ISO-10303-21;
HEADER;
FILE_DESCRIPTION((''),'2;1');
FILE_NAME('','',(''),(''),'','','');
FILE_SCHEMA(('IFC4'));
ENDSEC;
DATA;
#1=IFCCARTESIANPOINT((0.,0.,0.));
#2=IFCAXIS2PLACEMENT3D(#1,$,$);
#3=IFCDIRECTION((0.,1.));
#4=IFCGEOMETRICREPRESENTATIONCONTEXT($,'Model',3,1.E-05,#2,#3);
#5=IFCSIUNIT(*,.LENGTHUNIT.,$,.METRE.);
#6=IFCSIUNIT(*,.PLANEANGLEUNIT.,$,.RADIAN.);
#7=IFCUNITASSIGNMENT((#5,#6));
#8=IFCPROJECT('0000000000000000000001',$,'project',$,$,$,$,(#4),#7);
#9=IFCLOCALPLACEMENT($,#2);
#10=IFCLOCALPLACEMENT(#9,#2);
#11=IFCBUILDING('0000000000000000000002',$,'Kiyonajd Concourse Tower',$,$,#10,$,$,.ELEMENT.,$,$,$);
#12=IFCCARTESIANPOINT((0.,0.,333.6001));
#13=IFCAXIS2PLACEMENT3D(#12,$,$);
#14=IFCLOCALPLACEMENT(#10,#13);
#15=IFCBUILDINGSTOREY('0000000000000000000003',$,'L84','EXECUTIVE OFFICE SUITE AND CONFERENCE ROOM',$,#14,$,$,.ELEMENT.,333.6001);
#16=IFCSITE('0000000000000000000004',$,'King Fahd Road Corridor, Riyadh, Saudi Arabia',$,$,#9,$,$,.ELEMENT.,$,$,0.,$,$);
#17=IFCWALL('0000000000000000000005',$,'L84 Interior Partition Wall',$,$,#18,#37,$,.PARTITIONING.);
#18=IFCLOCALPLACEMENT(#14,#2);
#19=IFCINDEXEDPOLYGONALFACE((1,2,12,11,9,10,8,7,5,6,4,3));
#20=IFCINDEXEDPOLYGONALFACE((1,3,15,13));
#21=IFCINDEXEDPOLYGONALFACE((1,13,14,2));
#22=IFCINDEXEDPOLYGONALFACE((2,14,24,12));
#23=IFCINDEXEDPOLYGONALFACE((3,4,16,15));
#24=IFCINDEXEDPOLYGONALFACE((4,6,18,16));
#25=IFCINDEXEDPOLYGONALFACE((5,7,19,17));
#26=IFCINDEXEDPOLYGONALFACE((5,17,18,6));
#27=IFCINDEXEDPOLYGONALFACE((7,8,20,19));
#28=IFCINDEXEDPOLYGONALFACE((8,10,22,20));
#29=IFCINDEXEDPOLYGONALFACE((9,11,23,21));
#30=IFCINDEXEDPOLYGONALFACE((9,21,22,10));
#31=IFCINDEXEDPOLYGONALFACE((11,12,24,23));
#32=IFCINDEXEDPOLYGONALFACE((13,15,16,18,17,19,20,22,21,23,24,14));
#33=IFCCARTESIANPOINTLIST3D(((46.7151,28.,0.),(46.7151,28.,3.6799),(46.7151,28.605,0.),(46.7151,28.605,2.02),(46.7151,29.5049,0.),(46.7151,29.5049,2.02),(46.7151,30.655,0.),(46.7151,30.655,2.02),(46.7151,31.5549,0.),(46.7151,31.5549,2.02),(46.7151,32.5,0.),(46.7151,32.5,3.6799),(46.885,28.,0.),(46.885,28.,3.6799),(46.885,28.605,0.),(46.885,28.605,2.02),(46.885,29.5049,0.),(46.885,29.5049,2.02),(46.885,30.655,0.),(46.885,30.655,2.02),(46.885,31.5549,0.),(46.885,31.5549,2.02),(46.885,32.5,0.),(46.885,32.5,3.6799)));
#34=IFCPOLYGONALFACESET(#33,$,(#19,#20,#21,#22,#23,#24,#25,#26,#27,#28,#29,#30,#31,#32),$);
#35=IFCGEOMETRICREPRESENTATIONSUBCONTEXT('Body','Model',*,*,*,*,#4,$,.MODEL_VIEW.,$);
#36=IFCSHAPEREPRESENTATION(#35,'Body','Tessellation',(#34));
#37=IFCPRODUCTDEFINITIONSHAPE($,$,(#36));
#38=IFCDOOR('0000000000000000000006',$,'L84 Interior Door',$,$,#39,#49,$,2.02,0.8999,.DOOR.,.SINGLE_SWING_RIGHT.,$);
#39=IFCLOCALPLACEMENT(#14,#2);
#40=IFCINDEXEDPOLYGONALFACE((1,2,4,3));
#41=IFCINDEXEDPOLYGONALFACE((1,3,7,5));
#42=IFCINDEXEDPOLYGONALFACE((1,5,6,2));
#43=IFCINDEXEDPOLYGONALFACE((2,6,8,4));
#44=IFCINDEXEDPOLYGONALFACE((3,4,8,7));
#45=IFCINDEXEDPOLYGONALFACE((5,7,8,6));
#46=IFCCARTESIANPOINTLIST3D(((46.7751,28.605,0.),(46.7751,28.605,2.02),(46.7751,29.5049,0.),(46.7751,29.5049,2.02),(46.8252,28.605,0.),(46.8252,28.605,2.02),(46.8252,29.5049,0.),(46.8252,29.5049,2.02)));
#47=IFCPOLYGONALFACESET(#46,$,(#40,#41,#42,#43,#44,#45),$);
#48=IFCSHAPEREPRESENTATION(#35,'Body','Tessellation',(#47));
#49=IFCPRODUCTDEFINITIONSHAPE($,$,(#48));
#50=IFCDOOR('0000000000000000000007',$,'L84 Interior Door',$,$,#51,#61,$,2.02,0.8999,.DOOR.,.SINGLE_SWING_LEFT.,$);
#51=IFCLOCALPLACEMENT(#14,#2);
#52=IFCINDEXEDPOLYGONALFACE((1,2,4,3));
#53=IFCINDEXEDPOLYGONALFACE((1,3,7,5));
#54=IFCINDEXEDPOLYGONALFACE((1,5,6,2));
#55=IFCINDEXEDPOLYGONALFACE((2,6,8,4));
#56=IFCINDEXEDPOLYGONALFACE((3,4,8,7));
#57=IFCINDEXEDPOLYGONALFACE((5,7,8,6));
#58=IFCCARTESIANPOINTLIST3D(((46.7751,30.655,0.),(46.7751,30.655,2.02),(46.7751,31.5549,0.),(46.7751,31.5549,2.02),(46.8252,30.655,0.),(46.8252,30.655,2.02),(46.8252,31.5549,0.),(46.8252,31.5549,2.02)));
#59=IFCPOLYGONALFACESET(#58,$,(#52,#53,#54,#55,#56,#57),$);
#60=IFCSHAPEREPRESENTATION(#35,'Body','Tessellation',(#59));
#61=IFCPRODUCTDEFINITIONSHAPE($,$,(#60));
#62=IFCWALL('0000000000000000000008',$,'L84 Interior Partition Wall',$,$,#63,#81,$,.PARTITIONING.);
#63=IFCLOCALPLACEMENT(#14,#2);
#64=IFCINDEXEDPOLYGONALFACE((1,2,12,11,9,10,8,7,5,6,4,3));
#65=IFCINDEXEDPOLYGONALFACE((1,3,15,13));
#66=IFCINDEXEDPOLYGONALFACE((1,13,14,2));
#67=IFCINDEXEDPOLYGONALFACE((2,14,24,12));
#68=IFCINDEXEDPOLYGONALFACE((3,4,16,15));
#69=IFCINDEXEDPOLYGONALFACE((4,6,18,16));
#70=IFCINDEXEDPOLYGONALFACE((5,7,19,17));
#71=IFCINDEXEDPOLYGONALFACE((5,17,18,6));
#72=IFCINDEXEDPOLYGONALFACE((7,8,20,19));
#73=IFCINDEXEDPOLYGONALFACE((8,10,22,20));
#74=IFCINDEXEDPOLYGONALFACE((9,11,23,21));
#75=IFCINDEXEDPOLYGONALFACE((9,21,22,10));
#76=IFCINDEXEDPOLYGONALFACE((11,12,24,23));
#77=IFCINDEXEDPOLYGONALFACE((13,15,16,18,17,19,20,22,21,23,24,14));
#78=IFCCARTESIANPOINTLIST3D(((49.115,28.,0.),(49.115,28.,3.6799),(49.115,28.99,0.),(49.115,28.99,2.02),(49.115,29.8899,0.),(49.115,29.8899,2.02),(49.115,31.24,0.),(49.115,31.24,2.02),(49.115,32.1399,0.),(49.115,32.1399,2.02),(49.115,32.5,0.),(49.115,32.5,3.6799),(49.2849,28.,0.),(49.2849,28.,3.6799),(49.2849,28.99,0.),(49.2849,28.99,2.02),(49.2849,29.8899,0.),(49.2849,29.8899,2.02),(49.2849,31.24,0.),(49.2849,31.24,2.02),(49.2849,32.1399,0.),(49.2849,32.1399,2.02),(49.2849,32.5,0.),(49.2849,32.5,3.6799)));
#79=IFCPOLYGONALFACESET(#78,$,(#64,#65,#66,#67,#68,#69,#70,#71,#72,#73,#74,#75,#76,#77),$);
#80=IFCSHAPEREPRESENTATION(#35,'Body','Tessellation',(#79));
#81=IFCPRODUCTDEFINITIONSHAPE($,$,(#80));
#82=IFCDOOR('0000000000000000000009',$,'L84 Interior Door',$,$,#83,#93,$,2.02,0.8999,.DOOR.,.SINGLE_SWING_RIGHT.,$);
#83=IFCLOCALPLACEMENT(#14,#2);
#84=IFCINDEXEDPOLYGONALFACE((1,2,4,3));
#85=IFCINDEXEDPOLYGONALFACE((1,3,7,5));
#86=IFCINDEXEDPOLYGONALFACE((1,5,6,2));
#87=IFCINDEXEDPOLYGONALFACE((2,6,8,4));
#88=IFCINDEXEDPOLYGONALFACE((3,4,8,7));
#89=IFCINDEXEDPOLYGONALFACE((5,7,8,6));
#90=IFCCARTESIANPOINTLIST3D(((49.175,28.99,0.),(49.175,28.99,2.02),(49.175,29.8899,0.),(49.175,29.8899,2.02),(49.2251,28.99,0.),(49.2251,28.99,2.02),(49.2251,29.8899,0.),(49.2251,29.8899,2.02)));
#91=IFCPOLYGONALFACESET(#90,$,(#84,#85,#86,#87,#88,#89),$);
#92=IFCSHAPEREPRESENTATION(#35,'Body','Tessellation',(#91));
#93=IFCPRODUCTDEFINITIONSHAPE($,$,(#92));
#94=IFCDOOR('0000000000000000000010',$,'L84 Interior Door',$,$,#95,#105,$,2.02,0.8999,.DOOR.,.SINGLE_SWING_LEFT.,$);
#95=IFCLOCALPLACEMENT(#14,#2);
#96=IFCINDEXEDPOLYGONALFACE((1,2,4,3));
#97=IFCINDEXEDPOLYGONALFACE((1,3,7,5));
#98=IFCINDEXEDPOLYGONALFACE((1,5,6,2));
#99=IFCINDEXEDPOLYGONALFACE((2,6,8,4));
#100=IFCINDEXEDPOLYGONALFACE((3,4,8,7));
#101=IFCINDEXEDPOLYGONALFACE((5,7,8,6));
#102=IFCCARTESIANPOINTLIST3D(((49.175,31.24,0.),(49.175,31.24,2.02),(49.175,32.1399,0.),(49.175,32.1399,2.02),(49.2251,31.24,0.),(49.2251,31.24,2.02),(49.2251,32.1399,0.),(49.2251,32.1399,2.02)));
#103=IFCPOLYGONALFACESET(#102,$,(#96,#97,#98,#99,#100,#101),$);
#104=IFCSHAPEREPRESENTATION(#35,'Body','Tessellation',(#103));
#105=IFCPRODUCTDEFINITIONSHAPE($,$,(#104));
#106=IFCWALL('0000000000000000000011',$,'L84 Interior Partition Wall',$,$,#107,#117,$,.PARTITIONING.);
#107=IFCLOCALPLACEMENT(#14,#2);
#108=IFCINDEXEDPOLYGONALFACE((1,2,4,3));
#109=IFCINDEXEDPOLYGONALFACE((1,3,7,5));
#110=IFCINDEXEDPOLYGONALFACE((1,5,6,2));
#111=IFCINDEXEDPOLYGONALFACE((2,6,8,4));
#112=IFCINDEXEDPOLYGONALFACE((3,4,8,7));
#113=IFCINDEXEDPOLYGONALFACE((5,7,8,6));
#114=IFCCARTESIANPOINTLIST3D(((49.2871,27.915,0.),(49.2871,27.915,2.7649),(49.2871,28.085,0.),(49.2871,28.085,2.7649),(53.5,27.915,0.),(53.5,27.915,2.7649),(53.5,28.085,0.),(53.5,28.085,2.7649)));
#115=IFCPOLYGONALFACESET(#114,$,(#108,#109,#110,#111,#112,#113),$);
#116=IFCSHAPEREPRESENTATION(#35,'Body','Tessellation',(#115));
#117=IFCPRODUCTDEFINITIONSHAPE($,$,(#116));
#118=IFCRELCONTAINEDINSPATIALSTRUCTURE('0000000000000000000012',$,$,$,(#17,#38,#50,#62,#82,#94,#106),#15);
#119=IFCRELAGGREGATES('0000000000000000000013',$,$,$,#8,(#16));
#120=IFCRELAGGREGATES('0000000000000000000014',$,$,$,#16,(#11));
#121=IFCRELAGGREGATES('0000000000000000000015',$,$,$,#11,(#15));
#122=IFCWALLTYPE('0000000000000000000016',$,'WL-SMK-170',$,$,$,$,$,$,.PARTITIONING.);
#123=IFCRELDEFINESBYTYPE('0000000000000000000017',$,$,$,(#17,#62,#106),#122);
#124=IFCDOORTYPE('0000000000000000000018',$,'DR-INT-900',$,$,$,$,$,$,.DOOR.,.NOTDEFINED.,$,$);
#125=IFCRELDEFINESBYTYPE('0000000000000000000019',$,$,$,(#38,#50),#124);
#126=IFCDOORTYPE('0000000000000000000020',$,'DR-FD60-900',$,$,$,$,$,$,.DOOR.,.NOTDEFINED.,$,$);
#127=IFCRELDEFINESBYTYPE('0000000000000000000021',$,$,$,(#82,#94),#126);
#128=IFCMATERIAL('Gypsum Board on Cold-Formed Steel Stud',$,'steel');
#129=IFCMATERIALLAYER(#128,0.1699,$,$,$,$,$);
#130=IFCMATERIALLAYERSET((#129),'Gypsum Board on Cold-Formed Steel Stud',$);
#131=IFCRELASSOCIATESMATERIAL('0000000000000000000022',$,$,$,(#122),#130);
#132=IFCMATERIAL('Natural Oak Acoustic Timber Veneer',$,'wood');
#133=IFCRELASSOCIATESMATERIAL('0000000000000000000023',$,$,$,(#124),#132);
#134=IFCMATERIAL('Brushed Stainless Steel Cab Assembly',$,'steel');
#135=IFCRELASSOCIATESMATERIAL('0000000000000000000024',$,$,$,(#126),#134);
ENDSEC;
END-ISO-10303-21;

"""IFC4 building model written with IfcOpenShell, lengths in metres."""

from ifc_helpers import new_model, si_unit, direction, frame, frame_2d, origin, place, context, subcontext, project, spatial, rectangle, extrude, material, layer, layer_set, type_object, element, fill, save


model = new_model("IFC4")

# Units and contexts
model_context = context("Model", 3, precision=1e-05, world=origin(), true_north=direction((0.0, 1.0)))
body_context = subcontext(model_context, "Body", "Model", "MODEL_VIEW")
ifc_project = project(units=[si_unit("LENGTHUNIT", "METRE"), si_unit("PLANEANGLEUNIT", "RADIAN")], contexts=[model_context])

# Site, building, storey
site_placement = place(None, origin())
site = spatial("IfcSite", under=ifc_project, at=site_placement, Name="King Fahd Road Corridor, Riyadh, Saudi Arabia", CompositionType="ELEMENT", RefElevation=0.0)
building_placement = place(site_placement, origin())
building = spatial("IfcBuilding", under=site, at=building_placement, Name="Kiyonajd Concourse Tower", CompositionType="ELEMENT")
storey_placement = place(building_placement, frame((0.0, 0.0, 333.6001)))
storey = spatial("IfcBuildingStorey", under=building, at=storey_placement, Name="L84", Description="EXECUTIVE OFFICE SUITE AND CONFERENCE ROOM", CompositionType="ELEMENT", Elevation=333.6001)

# Shared definitions
ifc_material_1 = material(Name="Gypsum Board on Cold-Formed Steel Stud", Category="steel")

# Shared definitions
ifc_layer_1 = layer(ifc_material_1, 0.1699)
ifc_layer_set_1 = layer_set([ifc_layer_1], Name="Gypsum Board on Cold-Formed Steel Stud")
wall_type_1 = type_object("IfcWallType", Name="WL-SMK-170", PredefinedType="PARTITIONING", material=ifc_layer_set_1)
ifc_material_2 = material(Name="Natural Oak Acoustic Timber Veneer", Category="wood")
door_type_1 = type_object("IfcDoorType", Name="DR-INT-900", OperationType="NOTDEFINED", PredefinedType="DOOR", material=ifc_material_2)

# Shared definitions
ifc_material_3 = material(Name="Brushed Stainless Steel Cab Assembly", Category="steel")
door_type_2 = type_object("IfcDoorType", Name="DR-FD60-900", OperationType="NOTDEFINED", PredefinedType="DOOR", material=ifc_material_3)

# Walls, openings, doors
wall_1_placement = place(storey_placement, frame((46.8, 28.0, 0.0), z_axis=(0.0, 0.0, 1.0), x_axis=(0.0, 1.0, 0.0)))
wall_1 = element("IfcWall", 1, at=wall_1_placement, inside=storey, type_object=wall_type_1, Name="L84 Interior Partition Wall", PredefinedType="PARTITIONING", context=body_context, shape_type="SweptSolid", body=[
    extrude(rectangle(XDim=4.5, YDim=0.1699, at=frame_2d((2.25, 0.0))), origin(), (0.0, 0.0, 1.0), 3.6799),
])
opening_1_placement = place(wall_1_placement, frame((0.605, 0.0, 0.0)))
opening_1 = element("IfcOpeningElement", 2, at=opening_1_placement, cuts=wall_1, PredefinedType="OPENING", context=body_context, shape_type="SweptSolid", body=[
    extrude(rectangle(XDim=0.8999, YDim=2.02, at=frame_2d((0.45, 1.01))), frame((0.0, 0.095, 0.0), z_axis=(0.0, -1.0, 0.0), x_axis=(1.0, 0.0, 0.0)), (0.0, 0.0, 1.0), 0.1899),
])
opening_2_placement = place(wall_1_placement, frame((2.655, 0.0, 0.0)))
opening_2 = element("IfcOpeningElement", 3, at=opening_2_placement, cuts=wall_1, PredefinedType="OPENING", context=body_context, shape_type="SweptSolid", body=[
    extrude(rectangle(XDim=0.8999, YDim=2.02, at=frame_2d((0.45, 1.01))), frame((0.0, 0.095, 0.0), z_axis=(0.0, -1.0, 0.0), x_axis=(1.0, 0.0, 0.0)), (0.0, 0.0, 1.0), 0.1899),
])
door_1_placement = place(opening_1_placement, origin())
door_1 = element("IfcDoor", 4, at=door_1_placement, inside=storey, type_object=door_type_1, Name="L84 Interior Door", OperationType="SINGLE_SWING_RIGHT", OverallHeight=2.02, OverallWidth=0.8999, PredefinedType="DOOR", context=body_context, shape_type="SweptSolid", body=[
    extrude(rectangle(XDim=0.8999, YDim=2.02, at=frame_2d((0.45, 1.01))), frame((0.0, 0.0249, 0.0), z_axis=(0.0, -1.0, 0.0), x_axis=(1.0, 0.0, 0.0)), (0.0, 0.0, 1.0), 0.05),
])
fill(opening_1, door_1)
door_2_placement = place(opening_2_placement, origin())
door_2 = element("IfcDoor", 5, at=door_2_placement, inside=storey, type_object=door_type_1, Name="L84 Interior Door", OperationType="SINGLE_SWING_LEFT", OverallHeight=2.02, OverallWidth=0.8999, PredefinedType="DOOR", context=body_context, shape_type="SweptSolid", body=[
    extrude(rectangle(XDim=0.8999, YDim=2.02, at=frame_2d((0.45, 1.01))), frame((0.0, 0.0249, 0.0), z_axis=(0.0, -1.0, 0.0), x_axis=(1.0, 0.0, 0.0)), (0.0, 0.0, 1.0), 0.05),
])
fill(opening_2, door_2)
wall_2_placement = place(storey_placement, frame((49.2, 28.0, 0.0), z_axis=(0.0, 0.0, 1.0), x_axis=(0.0, 1.0, 0.0)))
wall_2 = element("IfcWall", 6, at=wall_2_placement, inside=storey, type_object=wall_type_1, Name="L84 Interior Partition Wall", PredefinedType="PARTITIONING", context=body_context, shape_type="SweptSolid", body=[
    extrude(rectangle(XDim=4.5, YDim=0.1699, at=frame_2d((2.25, 0.0))), origin(), (0.0, 0.0, 1.0), 3.6799),
])
opening_3_placement = place(wall_2_placement, frame((0.99, 0.0, 0.0)))
opening_3 = element("IfcOpeningElement", 7, at=opening_3_placement, cuts=wall_2, PredefinedType="OPENING", context=body_context, shape_type="SweptSolid", body=[
    extrude(rectangle(XDim=0.8999, YDim=2.02, at=frame_2d((0.45, 1.01))), frame((0.0, 0.095, 0.0), z_axis=(0.0, -1.0, 0.0), x_axis=(1.0, 0.0, 0.0)), (0.0, 0.0, 1.0), 0.1899),
])
opening_4_placement = place(wall_2_placement, frame((3.24, 0.0, 0.0)))
opening_4 = element("IfcOpeningElement", 8, at=opening_4_placement, cuts=wall_2, PredefinedType="OPENING", context=body_context, shape_type="SweptSolid", body=[
    extrude(rectangle(XDim=0.8999, YDim=2.02, at=frame_2d((0.45, 1.01))), frame((0.0, 0.095, 0.0), z_axis=(0.0, -1.0, 0.0), x_axis=(1.0, 0.0, 0.0)), (0.0, 0.0, 1.0), 0.1899),
])
door_3_placement = place(opening_3_placement, origin())
door_3 = element("IfcDoor", 9, at=door_3_placement, inside=storey, type_object=door_type_2, Name="L84 Interior Door", OperationType="SINGLE_SWING_RIGHT", OverallHeight=2.02, OverallWidth=0.8999, PredefinedType="DOOR", context=body_context, shape_type="SweptSolid", body=[
    extrude(rectangle(XDim=0.8999, YDim=2.02, at=frame_2d((0.45, 1.01))), frame((0.0, 0.0249, 0.0), z_axis=(0.0, -1.0, 0.0), x_axis=(1.0, 0.0, 0.0)), (0.0, 0.0, 1.0), 0.05),
])
fill(opening_3, door_3)
door_4_placement = place(opening_4_placement, origin())
door_4 = element("IfcDoor", 10, at=door_4_placement, inside=storey, type_object=door_type_2, Name="L84 Interior Door", OperationType="SINGLE_SWING_LEFT", OverallHeight=2.02, OverallWidth=0.8999, PredefinedType="DOOR", context=body_context, shape_type="SweptSolid", body=[
    extrude(rectangle(XDim=0.8999, YDim=2.02, at=frame_2d((0.45, 1.01))), frame((0.0, 0.0249, 0.0), z_axis=(0.0, -1.0, 0.0), x_axis=(1.0, 0.0, 0.0)), (0.0, 0.0, 1.0), 0.05),
])
fill(opening_4, door_4)

# Wall
wall_3_placement = place(storey_placement, frame((49.2871, 28.0, 0.0), z_axis=(0.0, 0.0, 1.0), x_axis=(1.0, 0.0, 0.0)))
element("IfcWall", 11, at=wall_3_placement, inside=storey, type_object=wall_type_1, Name="L84 Interior Partition Wall", PredefinedType="PARTITIONING", context=body_context, shape_type="SweptSolid", body=[
    extrude(rectangle(XDim=4.2129, YDim=0.1699, at=frame_2d((2.1064, 0.0))), origin(), (0.0, 0.0, 1.0), 2.7649),
])

save(model, "model.ifc")
